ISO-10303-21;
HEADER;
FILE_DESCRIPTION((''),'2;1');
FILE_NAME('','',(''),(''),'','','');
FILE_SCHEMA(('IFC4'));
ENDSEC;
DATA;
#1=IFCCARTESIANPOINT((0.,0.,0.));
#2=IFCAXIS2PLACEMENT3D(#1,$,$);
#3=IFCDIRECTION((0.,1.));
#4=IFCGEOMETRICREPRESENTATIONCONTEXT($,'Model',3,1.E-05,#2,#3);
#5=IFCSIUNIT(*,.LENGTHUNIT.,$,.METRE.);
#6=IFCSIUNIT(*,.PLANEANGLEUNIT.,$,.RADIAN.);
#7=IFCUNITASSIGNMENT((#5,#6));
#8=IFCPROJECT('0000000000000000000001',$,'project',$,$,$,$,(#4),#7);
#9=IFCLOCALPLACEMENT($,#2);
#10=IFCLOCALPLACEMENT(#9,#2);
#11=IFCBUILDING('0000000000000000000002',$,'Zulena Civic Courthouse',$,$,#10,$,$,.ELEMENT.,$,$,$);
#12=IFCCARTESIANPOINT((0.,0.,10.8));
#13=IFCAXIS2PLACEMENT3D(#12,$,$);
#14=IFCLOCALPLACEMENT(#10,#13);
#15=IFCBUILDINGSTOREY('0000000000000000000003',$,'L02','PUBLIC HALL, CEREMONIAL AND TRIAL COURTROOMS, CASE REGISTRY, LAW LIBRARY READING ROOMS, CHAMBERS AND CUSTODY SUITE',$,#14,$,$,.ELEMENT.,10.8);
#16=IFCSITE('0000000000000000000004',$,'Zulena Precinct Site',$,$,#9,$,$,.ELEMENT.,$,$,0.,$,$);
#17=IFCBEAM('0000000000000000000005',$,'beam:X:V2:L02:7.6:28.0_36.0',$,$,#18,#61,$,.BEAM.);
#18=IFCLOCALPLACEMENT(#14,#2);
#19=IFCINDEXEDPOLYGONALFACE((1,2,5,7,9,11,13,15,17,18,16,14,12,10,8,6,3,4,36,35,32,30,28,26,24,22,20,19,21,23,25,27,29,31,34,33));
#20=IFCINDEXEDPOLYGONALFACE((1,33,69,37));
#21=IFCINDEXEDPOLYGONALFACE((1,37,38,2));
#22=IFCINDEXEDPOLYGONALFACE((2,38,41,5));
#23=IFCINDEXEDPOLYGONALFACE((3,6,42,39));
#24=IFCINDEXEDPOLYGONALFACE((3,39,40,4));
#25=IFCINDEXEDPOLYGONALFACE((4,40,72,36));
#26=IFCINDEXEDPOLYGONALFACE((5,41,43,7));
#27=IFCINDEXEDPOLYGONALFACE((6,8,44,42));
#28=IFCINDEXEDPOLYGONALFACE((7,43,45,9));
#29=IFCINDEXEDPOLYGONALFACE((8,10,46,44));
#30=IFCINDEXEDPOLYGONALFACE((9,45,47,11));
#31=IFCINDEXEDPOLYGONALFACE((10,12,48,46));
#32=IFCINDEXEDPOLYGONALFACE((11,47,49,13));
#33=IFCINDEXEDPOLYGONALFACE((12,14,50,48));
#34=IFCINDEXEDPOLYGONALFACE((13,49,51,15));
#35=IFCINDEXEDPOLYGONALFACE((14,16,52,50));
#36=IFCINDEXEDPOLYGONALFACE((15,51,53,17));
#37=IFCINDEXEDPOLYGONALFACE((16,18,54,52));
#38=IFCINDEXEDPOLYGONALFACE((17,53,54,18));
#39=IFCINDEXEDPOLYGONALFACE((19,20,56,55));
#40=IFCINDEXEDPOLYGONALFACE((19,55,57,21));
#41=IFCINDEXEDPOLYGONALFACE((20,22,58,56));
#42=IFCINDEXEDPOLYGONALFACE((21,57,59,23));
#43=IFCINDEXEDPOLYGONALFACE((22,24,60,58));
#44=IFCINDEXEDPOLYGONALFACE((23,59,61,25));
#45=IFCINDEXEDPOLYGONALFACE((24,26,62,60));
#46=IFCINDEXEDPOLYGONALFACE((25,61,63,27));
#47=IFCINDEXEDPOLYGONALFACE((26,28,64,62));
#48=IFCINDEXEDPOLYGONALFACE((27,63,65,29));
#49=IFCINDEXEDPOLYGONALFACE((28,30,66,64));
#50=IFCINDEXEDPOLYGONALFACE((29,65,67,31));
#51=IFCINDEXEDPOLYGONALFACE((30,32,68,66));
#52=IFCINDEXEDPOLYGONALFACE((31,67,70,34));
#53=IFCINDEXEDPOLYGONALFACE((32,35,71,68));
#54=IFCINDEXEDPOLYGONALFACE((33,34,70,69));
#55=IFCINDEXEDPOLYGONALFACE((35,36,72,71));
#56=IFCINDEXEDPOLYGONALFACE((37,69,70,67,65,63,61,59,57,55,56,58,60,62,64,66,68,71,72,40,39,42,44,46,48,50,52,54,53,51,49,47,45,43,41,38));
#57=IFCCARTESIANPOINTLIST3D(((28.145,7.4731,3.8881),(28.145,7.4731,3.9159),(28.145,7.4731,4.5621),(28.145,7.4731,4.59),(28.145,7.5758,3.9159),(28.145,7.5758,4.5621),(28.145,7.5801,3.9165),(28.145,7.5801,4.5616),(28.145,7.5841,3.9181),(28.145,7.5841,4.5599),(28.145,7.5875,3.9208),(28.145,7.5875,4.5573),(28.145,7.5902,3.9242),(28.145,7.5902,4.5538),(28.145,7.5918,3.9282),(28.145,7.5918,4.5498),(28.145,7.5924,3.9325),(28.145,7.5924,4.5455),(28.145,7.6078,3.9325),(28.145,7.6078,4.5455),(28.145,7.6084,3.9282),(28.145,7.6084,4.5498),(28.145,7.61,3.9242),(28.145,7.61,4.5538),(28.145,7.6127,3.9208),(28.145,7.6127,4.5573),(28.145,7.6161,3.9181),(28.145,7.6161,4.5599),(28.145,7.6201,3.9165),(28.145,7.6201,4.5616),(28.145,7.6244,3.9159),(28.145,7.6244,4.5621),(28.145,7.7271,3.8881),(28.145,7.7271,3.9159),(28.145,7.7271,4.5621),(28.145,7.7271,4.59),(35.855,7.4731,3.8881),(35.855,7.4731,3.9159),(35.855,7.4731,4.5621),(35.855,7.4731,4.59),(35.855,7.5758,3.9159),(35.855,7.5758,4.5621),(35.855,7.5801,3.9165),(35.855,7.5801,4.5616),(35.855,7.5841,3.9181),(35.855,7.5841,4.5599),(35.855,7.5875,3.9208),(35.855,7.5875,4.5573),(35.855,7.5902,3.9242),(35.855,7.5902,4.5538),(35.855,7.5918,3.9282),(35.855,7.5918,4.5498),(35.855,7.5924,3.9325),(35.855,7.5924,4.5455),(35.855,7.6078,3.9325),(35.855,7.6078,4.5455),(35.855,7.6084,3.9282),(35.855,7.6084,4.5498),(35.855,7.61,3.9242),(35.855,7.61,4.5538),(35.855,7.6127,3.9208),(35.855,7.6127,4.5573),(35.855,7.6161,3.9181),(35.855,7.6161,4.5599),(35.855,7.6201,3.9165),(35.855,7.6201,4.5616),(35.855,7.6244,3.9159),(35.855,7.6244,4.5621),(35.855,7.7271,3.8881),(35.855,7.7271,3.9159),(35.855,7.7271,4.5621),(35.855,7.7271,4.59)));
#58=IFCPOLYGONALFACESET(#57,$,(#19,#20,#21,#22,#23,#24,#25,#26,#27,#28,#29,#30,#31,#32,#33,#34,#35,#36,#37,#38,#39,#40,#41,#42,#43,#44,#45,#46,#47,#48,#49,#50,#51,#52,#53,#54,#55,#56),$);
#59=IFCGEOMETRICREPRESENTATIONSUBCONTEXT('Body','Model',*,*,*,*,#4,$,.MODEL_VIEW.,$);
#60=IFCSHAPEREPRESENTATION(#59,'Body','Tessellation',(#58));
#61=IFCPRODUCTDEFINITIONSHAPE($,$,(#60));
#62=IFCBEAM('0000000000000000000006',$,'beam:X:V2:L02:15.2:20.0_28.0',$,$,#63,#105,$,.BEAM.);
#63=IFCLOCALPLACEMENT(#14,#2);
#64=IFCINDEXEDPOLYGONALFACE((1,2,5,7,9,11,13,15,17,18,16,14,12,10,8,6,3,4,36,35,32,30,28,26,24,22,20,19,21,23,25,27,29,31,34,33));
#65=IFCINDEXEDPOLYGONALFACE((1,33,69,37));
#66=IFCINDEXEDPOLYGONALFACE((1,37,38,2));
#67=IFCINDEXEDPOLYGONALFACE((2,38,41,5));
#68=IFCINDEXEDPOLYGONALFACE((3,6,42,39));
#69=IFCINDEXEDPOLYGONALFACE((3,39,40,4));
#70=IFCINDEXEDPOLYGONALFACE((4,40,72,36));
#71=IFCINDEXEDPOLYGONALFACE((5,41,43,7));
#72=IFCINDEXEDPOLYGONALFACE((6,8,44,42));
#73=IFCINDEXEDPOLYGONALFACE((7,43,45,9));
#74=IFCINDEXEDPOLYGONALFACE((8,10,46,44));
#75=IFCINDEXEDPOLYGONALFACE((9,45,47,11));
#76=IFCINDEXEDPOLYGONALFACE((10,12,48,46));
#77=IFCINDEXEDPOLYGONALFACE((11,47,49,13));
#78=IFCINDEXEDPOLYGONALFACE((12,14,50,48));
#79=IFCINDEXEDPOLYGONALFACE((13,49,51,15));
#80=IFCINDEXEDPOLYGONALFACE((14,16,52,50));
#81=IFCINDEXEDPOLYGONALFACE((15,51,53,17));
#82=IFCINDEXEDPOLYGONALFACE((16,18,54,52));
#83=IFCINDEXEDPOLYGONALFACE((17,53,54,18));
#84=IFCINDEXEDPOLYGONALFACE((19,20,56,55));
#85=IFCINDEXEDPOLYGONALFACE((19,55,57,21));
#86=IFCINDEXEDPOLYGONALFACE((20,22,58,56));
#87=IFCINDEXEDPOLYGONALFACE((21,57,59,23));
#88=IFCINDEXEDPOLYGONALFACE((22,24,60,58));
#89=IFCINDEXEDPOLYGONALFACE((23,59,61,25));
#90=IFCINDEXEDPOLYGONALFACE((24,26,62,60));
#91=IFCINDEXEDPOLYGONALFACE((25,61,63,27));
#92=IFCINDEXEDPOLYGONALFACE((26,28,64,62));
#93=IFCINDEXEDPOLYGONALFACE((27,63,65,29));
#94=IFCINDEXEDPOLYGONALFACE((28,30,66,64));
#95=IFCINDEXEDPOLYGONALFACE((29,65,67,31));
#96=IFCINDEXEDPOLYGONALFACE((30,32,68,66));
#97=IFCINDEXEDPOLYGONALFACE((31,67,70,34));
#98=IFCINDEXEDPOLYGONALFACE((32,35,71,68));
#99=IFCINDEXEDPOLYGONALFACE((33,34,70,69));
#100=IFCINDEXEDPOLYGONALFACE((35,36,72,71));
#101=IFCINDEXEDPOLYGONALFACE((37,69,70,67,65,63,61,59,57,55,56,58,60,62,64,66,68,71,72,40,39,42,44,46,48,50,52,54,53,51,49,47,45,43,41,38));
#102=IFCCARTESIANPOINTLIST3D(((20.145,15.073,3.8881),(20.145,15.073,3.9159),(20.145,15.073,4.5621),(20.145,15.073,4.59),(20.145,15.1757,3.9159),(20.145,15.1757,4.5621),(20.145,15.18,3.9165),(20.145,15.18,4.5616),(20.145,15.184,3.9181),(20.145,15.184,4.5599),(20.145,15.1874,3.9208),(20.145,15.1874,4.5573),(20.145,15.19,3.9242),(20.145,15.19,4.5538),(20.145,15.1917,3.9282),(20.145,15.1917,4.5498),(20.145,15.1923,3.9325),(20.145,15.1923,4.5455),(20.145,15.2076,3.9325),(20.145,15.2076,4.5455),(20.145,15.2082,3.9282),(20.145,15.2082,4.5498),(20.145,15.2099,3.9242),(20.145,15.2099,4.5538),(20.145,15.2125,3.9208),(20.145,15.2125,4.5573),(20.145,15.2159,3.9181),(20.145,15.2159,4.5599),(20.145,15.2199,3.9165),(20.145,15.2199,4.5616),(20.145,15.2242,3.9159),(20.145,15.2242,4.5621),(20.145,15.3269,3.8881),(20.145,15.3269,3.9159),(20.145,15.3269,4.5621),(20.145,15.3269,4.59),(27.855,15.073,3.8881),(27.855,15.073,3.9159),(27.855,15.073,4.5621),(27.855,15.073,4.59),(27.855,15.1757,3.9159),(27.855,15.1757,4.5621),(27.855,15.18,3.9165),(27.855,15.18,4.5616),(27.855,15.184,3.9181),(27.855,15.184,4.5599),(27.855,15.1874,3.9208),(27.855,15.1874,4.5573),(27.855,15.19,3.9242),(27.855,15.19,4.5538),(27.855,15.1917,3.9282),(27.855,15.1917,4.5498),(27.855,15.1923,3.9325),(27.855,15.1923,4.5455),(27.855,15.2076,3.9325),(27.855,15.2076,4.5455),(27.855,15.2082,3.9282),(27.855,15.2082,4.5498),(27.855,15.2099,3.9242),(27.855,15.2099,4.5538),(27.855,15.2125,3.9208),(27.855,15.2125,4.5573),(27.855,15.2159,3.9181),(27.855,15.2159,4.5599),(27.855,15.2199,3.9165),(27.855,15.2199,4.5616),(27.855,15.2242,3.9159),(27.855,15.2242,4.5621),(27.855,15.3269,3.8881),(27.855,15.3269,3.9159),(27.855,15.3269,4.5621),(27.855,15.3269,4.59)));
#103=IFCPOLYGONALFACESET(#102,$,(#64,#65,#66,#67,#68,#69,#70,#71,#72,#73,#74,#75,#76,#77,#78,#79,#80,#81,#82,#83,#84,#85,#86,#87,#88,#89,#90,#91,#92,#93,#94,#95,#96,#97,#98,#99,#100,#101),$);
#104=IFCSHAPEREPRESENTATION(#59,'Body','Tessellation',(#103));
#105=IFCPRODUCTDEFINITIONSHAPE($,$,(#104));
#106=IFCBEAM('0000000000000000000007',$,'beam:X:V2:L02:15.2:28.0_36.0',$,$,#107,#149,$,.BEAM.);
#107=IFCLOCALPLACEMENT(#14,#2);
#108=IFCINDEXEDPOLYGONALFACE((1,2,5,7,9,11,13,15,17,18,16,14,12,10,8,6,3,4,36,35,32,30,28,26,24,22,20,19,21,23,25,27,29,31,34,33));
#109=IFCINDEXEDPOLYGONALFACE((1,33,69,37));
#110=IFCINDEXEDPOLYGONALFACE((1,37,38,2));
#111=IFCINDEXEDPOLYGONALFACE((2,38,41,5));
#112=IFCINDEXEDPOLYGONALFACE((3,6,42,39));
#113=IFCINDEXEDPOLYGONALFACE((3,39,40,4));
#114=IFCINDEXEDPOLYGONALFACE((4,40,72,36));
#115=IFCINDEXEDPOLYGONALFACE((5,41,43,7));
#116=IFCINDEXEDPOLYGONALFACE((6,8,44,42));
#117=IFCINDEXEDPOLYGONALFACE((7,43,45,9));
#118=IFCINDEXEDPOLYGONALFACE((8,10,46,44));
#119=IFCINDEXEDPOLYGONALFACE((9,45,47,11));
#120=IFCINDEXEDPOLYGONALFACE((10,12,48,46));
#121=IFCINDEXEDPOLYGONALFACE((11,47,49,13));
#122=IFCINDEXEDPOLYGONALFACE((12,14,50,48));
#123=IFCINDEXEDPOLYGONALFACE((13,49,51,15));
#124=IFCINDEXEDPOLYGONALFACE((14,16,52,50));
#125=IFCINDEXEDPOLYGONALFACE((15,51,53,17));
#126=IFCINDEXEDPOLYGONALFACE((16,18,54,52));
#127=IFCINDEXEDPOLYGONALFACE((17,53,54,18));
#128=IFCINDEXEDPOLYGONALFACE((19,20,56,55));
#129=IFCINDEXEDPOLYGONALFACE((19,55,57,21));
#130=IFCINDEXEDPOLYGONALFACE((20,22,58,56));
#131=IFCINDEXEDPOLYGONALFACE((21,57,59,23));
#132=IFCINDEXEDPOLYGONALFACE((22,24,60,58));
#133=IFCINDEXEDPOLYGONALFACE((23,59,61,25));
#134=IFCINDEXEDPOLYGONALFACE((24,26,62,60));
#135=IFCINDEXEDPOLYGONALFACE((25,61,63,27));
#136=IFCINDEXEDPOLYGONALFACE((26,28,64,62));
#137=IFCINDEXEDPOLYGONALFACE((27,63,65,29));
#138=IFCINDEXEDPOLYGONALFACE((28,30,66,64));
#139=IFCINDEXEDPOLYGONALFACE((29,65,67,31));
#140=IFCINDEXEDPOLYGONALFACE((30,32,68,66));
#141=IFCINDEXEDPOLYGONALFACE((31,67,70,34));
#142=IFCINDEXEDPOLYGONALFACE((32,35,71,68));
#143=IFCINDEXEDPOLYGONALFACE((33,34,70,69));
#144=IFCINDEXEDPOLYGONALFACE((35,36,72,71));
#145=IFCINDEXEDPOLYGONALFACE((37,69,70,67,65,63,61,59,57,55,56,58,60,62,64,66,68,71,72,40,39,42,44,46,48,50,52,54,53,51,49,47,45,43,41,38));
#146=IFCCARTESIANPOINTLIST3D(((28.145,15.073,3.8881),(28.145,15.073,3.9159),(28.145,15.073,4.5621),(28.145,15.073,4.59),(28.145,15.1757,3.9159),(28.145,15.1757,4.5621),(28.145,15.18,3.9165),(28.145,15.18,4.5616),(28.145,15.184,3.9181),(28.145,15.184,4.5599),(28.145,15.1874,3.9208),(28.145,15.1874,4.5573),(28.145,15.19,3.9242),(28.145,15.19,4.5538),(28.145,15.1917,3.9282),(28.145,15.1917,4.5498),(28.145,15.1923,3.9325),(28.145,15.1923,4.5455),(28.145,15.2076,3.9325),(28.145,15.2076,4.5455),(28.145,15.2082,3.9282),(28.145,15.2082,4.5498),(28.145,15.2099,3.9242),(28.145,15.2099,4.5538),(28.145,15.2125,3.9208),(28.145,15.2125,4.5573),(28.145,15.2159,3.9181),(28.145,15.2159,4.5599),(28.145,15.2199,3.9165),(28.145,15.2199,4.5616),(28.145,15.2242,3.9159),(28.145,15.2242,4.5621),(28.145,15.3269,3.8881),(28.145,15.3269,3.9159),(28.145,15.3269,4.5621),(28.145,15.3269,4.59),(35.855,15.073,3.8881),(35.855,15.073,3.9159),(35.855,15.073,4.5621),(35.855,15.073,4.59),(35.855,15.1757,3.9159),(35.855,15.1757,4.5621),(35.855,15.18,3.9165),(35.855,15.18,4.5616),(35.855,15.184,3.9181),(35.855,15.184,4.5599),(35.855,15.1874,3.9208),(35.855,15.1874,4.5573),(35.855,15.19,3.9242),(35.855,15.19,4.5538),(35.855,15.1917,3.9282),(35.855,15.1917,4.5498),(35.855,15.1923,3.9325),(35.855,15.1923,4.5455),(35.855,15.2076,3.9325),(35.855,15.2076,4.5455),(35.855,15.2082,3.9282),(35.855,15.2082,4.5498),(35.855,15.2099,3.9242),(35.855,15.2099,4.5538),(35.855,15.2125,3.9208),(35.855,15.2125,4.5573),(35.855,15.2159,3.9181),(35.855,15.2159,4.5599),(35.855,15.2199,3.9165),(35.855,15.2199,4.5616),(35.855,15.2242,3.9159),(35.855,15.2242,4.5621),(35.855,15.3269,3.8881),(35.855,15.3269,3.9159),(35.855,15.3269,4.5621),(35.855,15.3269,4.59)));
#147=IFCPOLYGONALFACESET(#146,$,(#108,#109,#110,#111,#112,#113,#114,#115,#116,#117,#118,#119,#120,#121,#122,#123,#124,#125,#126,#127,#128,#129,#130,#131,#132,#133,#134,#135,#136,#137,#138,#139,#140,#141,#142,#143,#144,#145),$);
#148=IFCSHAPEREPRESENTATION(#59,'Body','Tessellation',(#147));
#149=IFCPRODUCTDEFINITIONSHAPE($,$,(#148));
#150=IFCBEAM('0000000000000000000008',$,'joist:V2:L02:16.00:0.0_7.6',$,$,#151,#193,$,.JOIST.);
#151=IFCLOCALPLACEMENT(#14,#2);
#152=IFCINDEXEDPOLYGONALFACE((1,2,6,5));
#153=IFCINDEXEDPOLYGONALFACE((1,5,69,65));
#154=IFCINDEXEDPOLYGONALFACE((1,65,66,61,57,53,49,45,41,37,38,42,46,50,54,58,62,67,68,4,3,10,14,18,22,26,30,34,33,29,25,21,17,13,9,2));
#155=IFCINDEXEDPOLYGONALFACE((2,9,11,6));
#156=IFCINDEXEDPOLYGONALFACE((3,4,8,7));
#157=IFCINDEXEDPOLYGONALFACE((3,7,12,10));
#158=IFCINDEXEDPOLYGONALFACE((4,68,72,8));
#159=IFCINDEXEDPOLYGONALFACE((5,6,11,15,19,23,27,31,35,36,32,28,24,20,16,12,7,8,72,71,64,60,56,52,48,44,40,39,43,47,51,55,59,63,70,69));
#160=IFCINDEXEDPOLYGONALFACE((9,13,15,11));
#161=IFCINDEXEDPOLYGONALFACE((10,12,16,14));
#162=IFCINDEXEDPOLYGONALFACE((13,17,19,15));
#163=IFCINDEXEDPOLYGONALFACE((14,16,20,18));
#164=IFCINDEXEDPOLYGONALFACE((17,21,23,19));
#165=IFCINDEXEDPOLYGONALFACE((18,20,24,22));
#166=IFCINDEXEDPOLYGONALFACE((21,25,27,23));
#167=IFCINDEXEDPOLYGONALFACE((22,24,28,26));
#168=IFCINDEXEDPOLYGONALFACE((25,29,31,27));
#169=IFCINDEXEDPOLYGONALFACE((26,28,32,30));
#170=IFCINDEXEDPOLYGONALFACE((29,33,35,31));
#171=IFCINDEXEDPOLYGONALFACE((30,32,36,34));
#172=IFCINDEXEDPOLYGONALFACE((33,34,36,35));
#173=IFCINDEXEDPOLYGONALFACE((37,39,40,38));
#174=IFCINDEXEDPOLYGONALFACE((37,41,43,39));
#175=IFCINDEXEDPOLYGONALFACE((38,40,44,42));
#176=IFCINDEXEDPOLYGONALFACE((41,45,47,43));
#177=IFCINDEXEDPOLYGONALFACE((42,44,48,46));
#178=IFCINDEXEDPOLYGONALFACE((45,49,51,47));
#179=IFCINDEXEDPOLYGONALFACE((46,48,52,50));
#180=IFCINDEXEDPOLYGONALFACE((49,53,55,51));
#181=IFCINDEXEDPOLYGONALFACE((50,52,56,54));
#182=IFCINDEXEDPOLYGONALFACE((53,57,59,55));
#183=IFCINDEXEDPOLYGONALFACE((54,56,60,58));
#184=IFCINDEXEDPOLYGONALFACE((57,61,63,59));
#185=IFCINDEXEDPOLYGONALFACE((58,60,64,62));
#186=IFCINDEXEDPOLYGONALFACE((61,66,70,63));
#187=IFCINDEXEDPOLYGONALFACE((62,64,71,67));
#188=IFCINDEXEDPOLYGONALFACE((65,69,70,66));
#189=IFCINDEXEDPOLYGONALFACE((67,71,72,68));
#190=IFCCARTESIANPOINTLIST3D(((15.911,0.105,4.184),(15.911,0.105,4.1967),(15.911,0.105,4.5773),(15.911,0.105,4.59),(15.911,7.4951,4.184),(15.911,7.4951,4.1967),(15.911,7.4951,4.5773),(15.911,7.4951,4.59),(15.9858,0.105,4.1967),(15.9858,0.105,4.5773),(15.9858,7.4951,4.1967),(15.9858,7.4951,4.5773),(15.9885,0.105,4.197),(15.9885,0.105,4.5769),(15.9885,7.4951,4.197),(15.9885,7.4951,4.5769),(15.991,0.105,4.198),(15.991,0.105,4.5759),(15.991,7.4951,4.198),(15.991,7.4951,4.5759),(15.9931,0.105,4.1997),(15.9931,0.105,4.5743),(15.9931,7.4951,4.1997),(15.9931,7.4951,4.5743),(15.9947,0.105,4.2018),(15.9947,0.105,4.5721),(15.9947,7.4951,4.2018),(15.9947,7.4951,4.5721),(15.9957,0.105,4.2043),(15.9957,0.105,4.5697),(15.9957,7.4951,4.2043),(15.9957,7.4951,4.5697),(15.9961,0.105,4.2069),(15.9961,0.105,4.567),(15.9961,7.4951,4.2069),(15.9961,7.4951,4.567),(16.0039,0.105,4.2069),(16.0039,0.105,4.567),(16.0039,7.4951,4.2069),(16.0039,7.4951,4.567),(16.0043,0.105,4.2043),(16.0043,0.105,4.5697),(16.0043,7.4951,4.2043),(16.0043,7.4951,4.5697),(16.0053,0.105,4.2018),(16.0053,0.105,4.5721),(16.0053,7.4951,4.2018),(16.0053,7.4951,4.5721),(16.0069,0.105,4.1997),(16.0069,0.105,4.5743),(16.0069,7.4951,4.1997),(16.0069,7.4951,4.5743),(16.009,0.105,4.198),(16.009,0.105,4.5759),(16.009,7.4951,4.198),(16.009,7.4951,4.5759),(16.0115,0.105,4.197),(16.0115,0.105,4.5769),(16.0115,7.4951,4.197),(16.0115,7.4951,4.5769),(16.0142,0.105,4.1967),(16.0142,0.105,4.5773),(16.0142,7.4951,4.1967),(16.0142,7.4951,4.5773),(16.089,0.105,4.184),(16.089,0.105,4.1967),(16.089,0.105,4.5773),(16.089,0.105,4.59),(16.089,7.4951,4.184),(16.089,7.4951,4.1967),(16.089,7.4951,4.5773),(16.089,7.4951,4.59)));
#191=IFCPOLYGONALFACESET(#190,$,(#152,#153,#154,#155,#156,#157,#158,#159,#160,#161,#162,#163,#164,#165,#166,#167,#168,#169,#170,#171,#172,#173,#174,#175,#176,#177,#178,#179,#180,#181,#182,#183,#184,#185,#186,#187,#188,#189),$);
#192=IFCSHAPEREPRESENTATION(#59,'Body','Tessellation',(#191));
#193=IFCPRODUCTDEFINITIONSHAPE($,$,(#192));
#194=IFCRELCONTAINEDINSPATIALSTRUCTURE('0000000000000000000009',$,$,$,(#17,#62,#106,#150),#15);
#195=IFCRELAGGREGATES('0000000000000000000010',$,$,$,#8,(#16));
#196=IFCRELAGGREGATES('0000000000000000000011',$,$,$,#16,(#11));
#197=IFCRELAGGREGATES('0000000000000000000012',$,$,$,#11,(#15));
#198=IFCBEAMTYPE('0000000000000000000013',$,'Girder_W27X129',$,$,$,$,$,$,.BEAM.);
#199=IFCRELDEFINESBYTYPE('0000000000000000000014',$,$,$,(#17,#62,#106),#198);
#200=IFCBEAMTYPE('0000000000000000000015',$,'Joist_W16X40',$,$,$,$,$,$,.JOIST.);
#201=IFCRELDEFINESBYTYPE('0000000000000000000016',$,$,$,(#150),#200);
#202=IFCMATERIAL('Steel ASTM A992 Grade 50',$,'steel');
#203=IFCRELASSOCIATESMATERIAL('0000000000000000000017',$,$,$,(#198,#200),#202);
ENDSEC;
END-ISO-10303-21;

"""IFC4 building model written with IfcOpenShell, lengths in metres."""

from ifc_helpers import new_model, si_unit, direction, frame, origin, origin_2d, place, context, subcontext, project, spatial, i_section, extrude, material, material_profile, profile_set, type_object, element, save


model = new_model("IFC4")

# Units and contexts
model_context = context("Model", 3, precision=1e-05, world=origin(), true_north=direction((0.0, 1.0)))
body_context = subcontext(model_context, "Body", "Model", "MODEL_VIEW")
ifc_project = project(units=[si_unit("LENGTHUNIT", "METRE"), si_unit("PLANEANGLEUNIT", "RADIAN")], contexts=[model_context])

# Site, building, storey
site_placement = place(None, origin())
site = spatial("IfcSite", under=ifc_project, at=site_placement, Name="Zulena Precinct Site", CompositionType="ELEMENT", RefElevation=0.0)
building_placement = place(site_placement, origin())
building = spatial("IfcBuilding", under=site, at=building_placement, Name="Zulena Civic Courthouse", CompositionType="ELEMENT")
storey_placement = place(building_placement, frame((0.0, 0.0, 10.8)))
storey = spatial("IfcBuildingStorey", under=building, at=storey_placement, Name="L02", Description="PUBLIC HALL, CEREMONIAL AND TRIAL COURTROOMS, CASE REGISTRY, LAW LIBRARY READING ROOMS, CHAMBERS AND CUSTODY SUITE", CompositionType="ELEMENT", Elevation=10.8)

# Shared definitions
ifc_material_1 = material(Name="Steel ASTM A992 Grade 50", Category="steel")

# Beams
ifc_material_profile_1 = material_profile(ifc_material_1, i_section(OverallWidth=0.2539, OverallDepth=0.7019, WebThickness=0.0154, FlangeThickness=0.0278, FilletRadius=0.0166, at=origin_2d()), Name="W27X129")
ifc_profile_set_1 = profile_set([ifc_material_profile_1], Name="Steel ASTM A992 Grade 50")
beam_type_1 = type_object("IfcBeamType", Name="Girder_W27X129", PredefinedType="BEAM", material=ifc_profile_set_1)
for number, where, z_axis, x_axis, name in (
    (1, (28.145, 7.6001, 4.239), (1.0, 0.0, 0.0), (0.0, 1.0, 0.0), "beam:X:V2:L02:7.6:28.0_36.0"),
    (2, (20.145, 15.2, 4.239), (1.0, 0.0, 0.0), (0.0, 1.0, 0.0), "beam:X:V2:L02:15.2:20.0_28.0"),
    (3, (28.145, 15.2, 4.239), (1.0, 0.0, 0.0), (0.0, 1.0, 0.0), "beam:X:V2:L02:15.2:28.0_36.0"),
):
    element("IfcBeam", number, at=place(storey_placement, frame(where, z_axis=z_axis, x_axis=x_axis)), inside=storey, type_object=beam_type_1, Name=name, PredefinedType="BEAM", context=body_context, shape_type="SweptSolid", body=[
        extrude(i_section(OverallWidth=0.2539, OverallDepth=0.7019, WebThickness=0.0154, FlangeThickness=0.0278, FilletRadius=0.0166, at=origin_2d()), origin(), (0.0, 0.0, 1.0), 7.71),
    ])
ifc_material_profile_2 = material_profile(ifc_material_1, i_section(OverallWidth=0.178, OverallDepth=0.406, WebThickness=0.0078, FlangeThickness=0.0127, FilletRadius=0.0103, at=origin_2d()), Name="W16X40")
ifc_profile_set_2 = profile_set([ifc_material_profile_2], Name="Steel ASTM A992 Grade 50")
beam_type_2 = type_object("IfcBeamType", Name="Joist_W16X40", PredefinedType="JOIST", material=ifc_profile_set_2)
beam_1_placement = place(storey_placement, frame((16.0, 0.105, 4.387), z_axis=(0.0, 1.0, 0.0), x_axis=(-1.0, 0.0, 0.0)))
element("IfcBeam", 4, at=beam_1_placement, inside=storey, type_object=beam_type_2, Name="joist:V2:L02:16.00:0.0_7.6", PredefinedType="JOIST", context=body_context, shape_type="SweptSolid", body=[
    extrude(i_section(OverallWidth=0.178, OverallDepth=0.406, WebThickness=0.0078, FlangeThickness=0.0127, FilletRadius=0.0103, at=origin_2d()), origin(), (0.0, 0.0, 1.0), 7.3901),
])

save(model, "model.ifc")
